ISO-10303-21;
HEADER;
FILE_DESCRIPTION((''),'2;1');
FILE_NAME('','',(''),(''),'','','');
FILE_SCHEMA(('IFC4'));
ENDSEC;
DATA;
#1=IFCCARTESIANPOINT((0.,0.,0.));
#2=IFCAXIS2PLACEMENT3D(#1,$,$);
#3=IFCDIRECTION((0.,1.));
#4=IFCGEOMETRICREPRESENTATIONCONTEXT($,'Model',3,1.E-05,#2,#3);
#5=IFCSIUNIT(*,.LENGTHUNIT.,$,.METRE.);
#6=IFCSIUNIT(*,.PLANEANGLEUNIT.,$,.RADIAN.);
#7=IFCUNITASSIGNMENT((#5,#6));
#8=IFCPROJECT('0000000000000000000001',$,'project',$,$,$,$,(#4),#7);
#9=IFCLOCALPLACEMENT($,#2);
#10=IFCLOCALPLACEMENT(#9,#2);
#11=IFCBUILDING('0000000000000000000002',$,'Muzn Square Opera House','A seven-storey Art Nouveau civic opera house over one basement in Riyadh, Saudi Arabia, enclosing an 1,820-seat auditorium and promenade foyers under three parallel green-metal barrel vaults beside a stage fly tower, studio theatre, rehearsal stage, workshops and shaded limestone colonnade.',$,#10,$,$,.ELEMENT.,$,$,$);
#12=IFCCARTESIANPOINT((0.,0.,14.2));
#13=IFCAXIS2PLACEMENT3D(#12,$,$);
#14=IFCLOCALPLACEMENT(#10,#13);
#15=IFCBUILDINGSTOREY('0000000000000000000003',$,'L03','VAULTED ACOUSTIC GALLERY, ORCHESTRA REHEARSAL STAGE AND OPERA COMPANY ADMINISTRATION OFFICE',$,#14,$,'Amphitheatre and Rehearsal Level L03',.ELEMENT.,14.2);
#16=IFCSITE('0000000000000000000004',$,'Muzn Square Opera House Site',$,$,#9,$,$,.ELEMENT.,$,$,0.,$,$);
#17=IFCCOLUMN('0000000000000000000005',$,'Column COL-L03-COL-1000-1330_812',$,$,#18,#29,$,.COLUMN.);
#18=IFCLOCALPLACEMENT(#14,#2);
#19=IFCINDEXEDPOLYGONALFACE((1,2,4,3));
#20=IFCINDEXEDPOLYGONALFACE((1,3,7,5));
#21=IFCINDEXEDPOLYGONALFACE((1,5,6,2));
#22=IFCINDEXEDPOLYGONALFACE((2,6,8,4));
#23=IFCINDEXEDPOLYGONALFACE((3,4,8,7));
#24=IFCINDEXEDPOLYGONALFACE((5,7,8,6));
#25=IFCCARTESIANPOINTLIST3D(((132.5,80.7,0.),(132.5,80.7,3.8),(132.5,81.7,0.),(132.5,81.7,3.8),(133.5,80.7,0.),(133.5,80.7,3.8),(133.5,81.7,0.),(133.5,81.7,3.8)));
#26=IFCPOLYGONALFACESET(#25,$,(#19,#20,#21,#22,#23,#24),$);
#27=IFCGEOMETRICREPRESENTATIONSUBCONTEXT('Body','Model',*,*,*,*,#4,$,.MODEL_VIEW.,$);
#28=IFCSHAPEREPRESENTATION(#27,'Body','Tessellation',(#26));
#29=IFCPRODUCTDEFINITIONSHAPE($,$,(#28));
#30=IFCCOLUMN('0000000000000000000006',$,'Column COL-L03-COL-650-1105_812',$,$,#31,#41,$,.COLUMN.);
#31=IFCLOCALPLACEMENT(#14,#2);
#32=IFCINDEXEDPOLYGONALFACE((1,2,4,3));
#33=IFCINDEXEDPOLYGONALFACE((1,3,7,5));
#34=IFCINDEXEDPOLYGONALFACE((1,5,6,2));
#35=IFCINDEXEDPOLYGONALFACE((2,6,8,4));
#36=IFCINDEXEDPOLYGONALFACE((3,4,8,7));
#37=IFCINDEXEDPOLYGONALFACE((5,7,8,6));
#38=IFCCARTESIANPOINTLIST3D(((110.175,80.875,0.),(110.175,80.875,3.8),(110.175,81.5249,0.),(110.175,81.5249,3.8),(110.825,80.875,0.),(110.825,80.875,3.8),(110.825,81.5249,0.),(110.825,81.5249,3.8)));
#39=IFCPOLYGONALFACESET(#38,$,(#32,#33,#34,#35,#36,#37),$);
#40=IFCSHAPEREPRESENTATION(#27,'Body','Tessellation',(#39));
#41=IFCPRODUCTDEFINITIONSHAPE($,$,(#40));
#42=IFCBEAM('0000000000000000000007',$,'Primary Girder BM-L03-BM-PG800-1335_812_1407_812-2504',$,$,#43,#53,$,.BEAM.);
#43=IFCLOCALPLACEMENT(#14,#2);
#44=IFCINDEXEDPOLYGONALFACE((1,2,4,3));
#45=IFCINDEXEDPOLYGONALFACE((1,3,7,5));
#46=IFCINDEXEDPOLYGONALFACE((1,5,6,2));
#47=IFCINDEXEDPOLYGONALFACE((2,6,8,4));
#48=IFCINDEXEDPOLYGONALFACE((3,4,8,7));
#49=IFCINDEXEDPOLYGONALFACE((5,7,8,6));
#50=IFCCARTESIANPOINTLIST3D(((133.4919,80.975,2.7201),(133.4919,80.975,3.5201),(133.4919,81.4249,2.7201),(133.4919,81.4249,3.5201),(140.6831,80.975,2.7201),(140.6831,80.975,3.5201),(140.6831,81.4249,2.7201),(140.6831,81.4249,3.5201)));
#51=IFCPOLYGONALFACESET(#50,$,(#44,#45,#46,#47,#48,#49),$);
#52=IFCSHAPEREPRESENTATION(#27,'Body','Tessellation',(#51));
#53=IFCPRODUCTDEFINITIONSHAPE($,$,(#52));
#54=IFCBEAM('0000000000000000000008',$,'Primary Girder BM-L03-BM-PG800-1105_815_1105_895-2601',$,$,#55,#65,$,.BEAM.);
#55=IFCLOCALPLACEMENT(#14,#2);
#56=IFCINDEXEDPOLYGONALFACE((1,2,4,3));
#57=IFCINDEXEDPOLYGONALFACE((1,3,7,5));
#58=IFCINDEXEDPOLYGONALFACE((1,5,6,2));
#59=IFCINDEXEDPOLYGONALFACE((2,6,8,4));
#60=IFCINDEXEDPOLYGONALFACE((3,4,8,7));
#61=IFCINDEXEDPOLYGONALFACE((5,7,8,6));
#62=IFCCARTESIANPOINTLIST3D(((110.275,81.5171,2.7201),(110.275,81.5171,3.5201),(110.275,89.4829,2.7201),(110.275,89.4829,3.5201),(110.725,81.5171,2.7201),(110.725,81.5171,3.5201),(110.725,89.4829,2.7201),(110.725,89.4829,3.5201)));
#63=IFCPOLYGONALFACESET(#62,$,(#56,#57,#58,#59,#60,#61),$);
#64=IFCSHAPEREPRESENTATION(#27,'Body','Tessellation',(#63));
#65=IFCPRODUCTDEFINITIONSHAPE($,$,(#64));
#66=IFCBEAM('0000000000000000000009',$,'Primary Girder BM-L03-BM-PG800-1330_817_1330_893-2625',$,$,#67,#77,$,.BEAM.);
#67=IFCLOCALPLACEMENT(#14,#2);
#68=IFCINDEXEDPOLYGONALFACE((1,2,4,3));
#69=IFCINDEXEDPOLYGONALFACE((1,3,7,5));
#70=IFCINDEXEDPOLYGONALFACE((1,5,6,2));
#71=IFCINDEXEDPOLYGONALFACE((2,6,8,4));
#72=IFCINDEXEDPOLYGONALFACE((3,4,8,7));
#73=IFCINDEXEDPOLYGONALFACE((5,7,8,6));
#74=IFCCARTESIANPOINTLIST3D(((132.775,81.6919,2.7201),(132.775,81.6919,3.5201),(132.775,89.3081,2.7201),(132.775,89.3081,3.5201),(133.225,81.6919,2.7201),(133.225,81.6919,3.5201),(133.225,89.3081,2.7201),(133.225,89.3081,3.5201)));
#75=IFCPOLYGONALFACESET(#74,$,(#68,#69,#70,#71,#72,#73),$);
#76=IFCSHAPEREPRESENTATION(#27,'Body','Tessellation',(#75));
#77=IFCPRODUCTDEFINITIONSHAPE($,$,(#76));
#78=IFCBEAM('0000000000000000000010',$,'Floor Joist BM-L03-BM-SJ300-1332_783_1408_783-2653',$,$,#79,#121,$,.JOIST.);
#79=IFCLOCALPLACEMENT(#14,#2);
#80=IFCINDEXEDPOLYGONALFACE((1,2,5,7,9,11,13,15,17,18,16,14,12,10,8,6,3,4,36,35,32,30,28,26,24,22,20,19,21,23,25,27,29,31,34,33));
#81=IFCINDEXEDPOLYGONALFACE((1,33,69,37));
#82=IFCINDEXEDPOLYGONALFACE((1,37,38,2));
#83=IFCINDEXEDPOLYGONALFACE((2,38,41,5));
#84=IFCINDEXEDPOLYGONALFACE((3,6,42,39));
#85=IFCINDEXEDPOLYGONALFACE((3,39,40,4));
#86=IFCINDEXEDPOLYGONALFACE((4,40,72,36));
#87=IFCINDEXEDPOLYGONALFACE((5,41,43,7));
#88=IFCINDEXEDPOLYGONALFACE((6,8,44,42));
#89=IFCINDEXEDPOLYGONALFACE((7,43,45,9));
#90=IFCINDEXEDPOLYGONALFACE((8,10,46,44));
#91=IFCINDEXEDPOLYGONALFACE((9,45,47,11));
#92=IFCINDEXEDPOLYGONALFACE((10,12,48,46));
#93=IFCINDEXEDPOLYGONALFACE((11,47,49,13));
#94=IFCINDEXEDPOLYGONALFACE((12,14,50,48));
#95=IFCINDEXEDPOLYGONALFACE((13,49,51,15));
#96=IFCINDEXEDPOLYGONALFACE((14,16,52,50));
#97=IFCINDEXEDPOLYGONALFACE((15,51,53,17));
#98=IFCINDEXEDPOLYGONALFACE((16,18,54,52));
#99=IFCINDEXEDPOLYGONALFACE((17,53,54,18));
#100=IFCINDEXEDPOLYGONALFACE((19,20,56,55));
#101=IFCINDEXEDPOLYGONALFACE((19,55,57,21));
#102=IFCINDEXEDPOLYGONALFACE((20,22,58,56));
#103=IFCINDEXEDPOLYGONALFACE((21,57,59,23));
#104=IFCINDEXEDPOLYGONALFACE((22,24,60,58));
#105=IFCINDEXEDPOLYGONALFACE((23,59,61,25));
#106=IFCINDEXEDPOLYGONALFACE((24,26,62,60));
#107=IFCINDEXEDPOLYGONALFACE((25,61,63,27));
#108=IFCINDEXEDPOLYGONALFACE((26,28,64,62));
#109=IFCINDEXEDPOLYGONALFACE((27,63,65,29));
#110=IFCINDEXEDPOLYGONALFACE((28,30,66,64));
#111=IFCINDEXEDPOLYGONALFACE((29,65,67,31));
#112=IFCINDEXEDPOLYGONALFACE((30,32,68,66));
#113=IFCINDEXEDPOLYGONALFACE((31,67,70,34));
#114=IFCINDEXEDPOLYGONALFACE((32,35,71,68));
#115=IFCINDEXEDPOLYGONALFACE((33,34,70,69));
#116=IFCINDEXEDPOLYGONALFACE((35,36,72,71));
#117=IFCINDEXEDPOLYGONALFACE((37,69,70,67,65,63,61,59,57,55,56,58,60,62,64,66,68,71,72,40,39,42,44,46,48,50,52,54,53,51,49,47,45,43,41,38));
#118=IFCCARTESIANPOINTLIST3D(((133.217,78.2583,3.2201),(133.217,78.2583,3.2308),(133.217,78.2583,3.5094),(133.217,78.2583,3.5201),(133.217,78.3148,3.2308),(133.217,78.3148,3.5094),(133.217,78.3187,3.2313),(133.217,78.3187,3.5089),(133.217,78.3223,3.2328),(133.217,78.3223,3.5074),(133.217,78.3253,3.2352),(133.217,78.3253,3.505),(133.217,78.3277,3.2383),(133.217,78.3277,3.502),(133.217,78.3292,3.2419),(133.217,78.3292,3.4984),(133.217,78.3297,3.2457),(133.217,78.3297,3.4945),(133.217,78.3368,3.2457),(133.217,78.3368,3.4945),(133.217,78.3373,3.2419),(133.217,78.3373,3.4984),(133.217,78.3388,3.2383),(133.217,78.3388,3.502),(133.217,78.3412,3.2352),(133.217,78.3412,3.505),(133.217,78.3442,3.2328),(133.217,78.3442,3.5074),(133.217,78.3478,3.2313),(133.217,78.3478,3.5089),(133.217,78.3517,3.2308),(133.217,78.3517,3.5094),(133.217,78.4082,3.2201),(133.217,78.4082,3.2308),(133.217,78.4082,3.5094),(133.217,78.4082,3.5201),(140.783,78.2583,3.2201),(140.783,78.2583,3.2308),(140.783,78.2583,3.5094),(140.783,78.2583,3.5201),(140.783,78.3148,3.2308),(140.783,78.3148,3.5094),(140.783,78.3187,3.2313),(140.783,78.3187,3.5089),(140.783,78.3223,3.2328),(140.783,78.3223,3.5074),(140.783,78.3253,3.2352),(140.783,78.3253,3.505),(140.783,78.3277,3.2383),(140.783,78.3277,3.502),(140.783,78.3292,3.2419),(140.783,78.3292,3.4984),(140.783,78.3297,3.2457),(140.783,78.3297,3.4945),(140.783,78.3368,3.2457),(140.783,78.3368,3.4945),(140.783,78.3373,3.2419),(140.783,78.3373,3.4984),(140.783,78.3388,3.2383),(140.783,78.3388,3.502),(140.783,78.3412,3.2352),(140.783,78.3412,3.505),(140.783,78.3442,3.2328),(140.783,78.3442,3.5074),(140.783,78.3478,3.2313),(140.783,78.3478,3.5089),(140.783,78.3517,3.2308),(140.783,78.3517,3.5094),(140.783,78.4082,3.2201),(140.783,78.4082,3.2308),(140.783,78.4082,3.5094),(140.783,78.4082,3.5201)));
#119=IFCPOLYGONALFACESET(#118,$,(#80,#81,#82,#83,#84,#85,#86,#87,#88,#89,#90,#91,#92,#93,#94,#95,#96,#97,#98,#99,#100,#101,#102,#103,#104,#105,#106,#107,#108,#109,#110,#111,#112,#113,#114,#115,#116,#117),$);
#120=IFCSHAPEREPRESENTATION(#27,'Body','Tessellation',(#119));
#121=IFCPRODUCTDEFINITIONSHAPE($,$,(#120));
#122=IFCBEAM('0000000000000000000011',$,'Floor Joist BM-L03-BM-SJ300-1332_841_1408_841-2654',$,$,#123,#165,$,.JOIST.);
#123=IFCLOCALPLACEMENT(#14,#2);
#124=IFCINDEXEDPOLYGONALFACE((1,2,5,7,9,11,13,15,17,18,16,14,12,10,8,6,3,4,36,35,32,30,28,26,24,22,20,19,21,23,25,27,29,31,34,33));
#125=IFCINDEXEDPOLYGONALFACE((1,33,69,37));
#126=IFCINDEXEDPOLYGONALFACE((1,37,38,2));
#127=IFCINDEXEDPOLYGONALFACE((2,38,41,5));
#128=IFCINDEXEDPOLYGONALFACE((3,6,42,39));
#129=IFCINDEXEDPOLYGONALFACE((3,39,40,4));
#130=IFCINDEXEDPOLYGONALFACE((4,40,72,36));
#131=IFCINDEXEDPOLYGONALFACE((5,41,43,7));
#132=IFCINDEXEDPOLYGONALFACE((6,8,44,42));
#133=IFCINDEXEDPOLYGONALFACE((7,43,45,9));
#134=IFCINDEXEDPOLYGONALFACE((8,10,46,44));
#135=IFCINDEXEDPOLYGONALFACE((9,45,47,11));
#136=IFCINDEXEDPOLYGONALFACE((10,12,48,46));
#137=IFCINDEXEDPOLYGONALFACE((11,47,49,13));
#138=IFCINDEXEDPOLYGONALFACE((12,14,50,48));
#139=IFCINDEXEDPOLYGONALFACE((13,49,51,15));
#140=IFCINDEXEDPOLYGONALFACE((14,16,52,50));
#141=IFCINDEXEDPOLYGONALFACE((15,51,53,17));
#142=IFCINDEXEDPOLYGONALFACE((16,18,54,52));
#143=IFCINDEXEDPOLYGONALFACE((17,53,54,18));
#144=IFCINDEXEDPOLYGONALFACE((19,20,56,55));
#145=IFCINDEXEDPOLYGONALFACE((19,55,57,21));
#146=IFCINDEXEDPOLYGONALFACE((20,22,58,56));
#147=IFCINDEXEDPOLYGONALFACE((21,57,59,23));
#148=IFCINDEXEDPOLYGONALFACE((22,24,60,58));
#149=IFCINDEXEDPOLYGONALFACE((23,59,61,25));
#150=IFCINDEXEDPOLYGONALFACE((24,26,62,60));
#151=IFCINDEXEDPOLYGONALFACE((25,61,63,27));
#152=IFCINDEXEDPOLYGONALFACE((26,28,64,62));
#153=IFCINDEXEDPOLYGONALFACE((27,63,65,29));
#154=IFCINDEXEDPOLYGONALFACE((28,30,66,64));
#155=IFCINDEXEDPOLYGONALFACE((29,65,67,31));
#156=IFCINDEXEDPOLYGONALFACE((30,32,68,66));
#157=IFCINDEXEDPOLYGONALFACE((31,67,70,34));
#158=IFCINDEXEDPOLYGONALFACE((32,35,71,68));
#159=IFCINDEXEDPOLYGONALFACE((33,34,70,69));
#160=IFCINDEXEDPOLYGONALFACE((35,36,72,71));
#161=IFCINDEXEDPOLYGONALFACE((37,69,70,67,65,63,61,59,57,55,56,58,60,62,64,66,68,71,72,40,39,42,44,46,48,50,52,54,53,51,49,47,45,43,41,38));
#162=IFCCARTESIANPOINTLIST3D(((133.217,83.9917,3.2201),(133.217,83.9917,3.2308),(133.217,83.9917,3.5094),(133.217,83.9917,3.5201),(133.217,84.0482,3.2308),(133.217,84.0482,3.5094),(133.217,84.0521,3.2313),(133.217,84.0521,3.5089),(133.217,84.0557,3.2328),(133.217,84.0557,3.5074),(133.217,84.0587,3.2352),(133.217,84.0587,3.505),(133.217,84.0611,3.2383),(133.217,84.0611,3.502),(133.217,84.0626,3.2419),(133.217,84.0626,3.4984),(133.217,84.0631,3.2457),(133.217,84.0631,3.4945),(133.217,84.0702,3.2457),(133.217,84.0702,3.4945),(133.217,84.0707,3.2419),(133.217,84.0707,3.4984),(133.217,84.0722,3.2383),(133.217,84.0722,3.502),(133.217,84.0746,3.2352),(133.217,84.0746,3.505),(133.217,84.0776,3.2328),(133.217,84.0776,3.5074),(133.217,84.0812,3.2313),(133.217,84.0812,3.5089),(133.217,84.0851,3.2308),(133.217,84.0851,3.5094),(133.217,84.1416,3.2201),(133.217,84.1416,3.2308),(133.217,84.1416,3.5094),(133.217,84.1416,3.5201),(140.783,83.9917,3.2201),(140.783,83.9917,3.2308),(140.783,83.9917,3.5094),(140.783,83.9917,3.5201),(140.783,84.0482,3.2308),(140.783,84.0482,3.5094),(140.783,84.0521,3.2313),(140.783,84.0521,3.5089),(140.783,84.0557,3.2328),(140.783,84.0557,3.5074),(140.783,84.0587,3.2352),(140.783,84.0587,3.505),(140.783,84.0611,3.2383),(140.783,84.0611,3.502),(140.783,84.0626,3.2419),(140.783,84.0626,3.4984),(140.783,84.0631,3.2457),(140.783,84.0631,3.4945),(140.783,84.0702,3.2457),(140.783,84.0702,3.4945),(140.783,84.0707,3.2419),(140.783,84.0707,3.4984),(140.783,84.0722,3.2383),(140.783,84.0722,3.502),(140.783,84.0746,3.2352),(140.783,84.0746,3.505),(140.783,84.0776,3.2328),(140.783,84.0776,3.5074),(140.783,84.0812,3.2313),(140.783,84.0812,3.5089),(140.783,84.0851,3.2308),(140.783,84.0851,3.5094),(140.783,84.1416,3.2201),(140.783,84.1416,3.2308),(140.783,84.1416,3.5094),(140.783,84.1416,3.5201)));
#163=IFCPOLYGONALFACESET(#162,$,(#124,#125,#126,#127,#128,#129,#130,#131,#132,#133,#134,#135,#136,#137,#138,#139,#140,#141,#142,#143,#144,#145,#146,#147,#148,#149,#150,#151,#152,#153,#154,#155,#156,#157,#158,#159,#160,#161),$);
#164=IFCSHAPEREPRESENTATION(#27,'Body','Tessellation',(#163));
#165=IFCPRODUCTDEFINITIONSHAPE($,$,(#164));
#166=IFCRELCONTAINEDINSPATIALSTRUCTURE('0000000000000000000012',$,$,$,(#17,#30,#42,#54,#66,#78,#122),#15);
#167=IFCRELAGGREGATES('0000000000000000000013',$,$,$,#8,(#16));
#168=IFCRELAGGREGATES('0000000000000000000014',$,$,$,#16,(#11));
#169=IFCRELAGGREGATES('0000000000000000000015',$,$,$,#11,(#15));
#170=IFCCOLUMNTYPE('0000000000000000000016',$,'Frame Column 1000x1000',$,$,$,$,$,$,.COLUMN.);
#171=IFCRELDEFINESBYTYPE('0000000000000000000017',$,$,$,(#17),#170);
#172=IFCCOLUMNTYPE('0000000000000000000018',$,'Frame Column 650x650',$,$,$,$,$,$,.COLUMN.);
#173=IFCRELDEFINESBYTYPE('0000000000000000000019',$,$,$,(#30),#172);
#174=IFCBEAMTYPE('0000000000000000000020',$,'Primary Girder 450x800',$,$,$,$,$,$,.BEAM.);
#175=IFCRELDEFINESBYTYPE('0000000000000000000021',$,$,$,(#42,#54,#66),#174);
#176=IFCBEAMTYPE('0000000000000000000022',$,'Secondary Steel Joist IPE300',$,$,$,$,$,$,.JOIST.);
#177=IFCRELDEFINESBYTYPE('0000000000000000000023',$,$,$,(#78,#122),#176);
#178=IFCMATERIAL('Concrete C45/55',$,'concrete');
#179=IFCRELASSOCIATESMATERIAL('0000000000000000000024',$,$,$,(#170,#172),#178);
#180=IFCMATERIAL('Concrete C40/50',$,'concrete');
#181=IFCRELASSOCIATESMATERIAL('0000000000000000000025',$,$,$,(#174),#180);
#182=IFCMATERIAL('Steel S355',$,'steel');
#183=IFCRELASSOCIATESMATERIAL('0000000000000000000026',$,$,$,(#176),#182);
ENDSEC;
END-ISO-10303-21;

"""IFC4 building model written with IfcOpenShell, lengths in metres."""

from ifc_helpers import new_model, si_unit, direction, frame, origin, origin_2d, place, context, subcontext, project, spatial, rectangle, i_section, extrude, material, material_profile, profile_set, type_object, element, save


model = new_model("IFC4")

# Units and contexts
model_context = context("Model", 3, precision=1e-05, world=origin(), true_north=direction((0.0, 1.0)))
body_context = subcontext(model_context, "Body", "Model", "MODEL_VIEW")
ifc_project = project(units=[si_unit("LENGTHUNIT", "METRE"), si_unit("PLANEANGLEUNIT", "RADIAN")], contexts=[model_context])

# Site, building, storey
site_placement = place(None, origin())
site = spatial("IfcSite", under=ifc_project, at=site_placement, Name="Muzn Square Opera House Site", CompositionType="ELEMENT", RefElevation=0.0)
building_placement = place(site_placement, origin())
building = spatial("IfcBuilding", under=site, at=building_placement, Name="Muzn Square Opera House", Description="A seven-storey Art Nouveau civic opera house over one basement in Riyadh, Saudi Arabia, enclosing an 1,820-seat auditorium and promenade foyers under three parallel green-metal barrel vaults beside a stage fly tower, studio theatre, rehearsal stage, workshops and shaded limestone colonnade.", CompositionType="ELEMENT")
storey_placement = place(building_placement, frame((0.0, 0.0, 14.2)))
storey = spatial("IfcBuildingStorey", under=building, at=storey_placement, Name="L03", Description="VAULTED ACOUSTIC GALLERY, ORCHESTRA REHEARSAL STAGE AND OPERA COMPANY ADMINISTRATION OFFICE", LongName="Amphitheatre and Rehearsal Level L03", CompositionType="ELEMENT", Elevation=14.2)

# Columns
ifc_material_1 = material(Name="Concrete C45/55", Category="concrete")
ifc_material_profile_1 = material_profile(ifc_material_1, rectangle(XDim=1.0, YDim=1.0, at=origin_2d()), Name="RC 1000x1000", Category="concrete")
ifc_profile_set_1 = profile_set([ifc_material_profile_1], Name="Concrete C45/55")
column_type_1 = type_object("IfcColumnType", Name="Frame Column 1000x1000", PredefinedType="COLUMN", material=ifc_profile_set_1)
column_1_placement = place(storey_placement, frame((133.0, 81.2, 0.0), z_axis=(0.0, 0.0, 1.0), x_axis=(1.0, 0.0, 0.0)))
element("IfcColumn", 1, at=column_1_placement, inside=storey, type_object=column_type_1, Name="Column COL-L03-COL-1000-1330_812", PredefinedType="COLUMN", context=body_context, shape_type="SweptSolid", body=[
    extrude(rectangle(XDim=1.0, YDim=1.0, at=origin_2d()), origin(), (0.0, 0.0, 1.0), 3.8),
])
ifc_material_profile_2 = material_profile(ifc_material_1, rectangle(XDim=0.6499, YDim=0.6499, at=origin_2d()), Name="RC 650x650", Category="concrete")
ifc_profile_set_2 = profile_set([ifc_material_profile_2], Name="Concrete C45/55")
column_type_2 = type_object("IfcColumnType", Name="Frame Column 650x650", PredefinedType="COLUMN", material=ifc_profile_set_2)
column_2_placement = place(storey_placement, frame((110.5, 81.2, 0.0), z_axis=(0.0, 0.0, 1.0), x_axis=(1.0, 0.0, 0.0)))
element("IfcColumn", 2, at=column_2_placement, inside=storey, type_object=column_type_2, Name="Column COL-L03-COL-650-1105_812", PredefinedType="COLUMN", context=body_context, shape_type="SweptSolid", body=[
    extrude(rectangle(XDim=0.6499, YDim=0.6499, at=origin_2d()), origin(), (0.0, 0.0, 1.0), 3.8),
])

# Beams
ifc_material_2 = material(Name="Concrete C40/50", Category="concrete")
ifc_material_profile_3 = material_profile(ifc_material_2, rectangle(XDim=0.45, YDim=0.8, at=origin_2d()), Name="RCB 450x800", Category="concrete")
ifc_profile_set_3 = profile_set([ifc_material_profile_3], Name="Concrete C40/50")
beam_type_1 = type_object("IfcBeamType", Name="Primary Girder 450x800", PredefinedType="BEAM", material=ifc_profile_set_3)
beam_1_placement = place(storey_placement, frame((133.4919, 81.2, 3.1201), z_axis=(1.0, 0.0, 0.0), x_axis=(0.0, 1.0, 0.0)))
element("IfcBeam", 3, at=beam_1_placement, inside=storey, type_object=beam_type_1, Name="Primary Girder BM-L03-BM-PG800-1335_812_1407_812-2504", PredefinedType="BEAM", context=body_context, shape_type="SweptSolid", body=[
    extrude(rectangle(XDim=0.45, YDim=0.8, at=origin_2d()), origin(), (0.0, 0.0, 1.0), 7.1912),
])
beam_2_placement = place(storey_placement, frame((110.5, 81.5171, 3.1201), z_axis=(0.0, 1.0, 0.0), x_axis=(-1.0, 0.0, 0.0)))
element("IfcBeam", 4, at=beam_2_placement, inside=storey, type_object=beam_type_1, Name="Primary Girder BM-L03-BM-PG800-1105_815_1105_895-2601", PredefinedType="BEAM", context=body_context, shape_type="SweptSolid", body=[
    extrude(rectangle(XDim=0.45, YDim=0.8, at=origin_2d()), origin(), (0.0, 0.0, 1.0), 7.9658),
])
beam_3_placement = place(storey_placement, frame((133.0, 81.6919, 3.1201), z_axis=(0.0, 1.0, 0.0), x_axis=(-1.0, 0.0, 0.0)))
element("IfcBeam", 5, at=beam_3_placement, inside=storey, type_object=beam_type_1, Name="Primary Girder BM-L03-BM-PG800-1330_817_1330_893-2625", PredefinedType="BEAM", context=body_context, shape_type="SweptSolid", body=[
    extrude(rectangle(XDim=0.45, YDim=0.8, at=origin_2d()), origin(), (0.0, 0.0, 1.0), 7.6162),
])
ifc_material_3 = material(Name="Steel S355", Category="steel")
ifc_material_profile_4 = material_profile(ifc_material_3, i_section(OverallWidth=0.1499, OverallDepth=0.3, WebThickness=0.0071, FlangeThickness=0.0107, FilletRadius=0.0149, at=origin_2d()), Name="IPE 300", Category="steel")
ifc_profile_set_4 = profile_set([ifc_material_profile_4], Name="Steel S355")
beam_type_2 = type_object("IfcBeamType", Name="Secondary Steel Joist IPE300", PredefinedType="JOIST", material=ifc_profile_set_4)
for number, where, z_axis, x_axis, name in (
    (6, (133.217, 78.3333, 3.3701), (1.0, 0.0, 0.0), (0.0, 1.0, 0.0), "Floor Joist BM-L03-BM-SJ300-1332_783_1408_783-2653"),
    (7, (133.217, 84.0667, 3.3701), (1.0, 0.0, 0.0), (0.0, 1.0, 0.0), "Floor Joist BM-L03-BM-SJ300-1332_841_1408_841-2654"),
):
    element("IfcBeam", number, at=place(storey_placement, frame(where, z_axis=z_axis, x_axis=x_axis)), inside=storey, type_object=beam_type_2, Name=name, PredefinedType="JOIST", context=body_context, shape_type="SweptSolid", body=[
        extrude(i_section(OverallWidth=0.1499, OverallDepth=0.3, WebThickness=0.0071, FlangeThickness=0.0107, FilletRadius=0.0149, at=origin_2d()), origin(), (0.0, 0.0, 1.0), 7.5659),
    ])

save(model, "model.ifc")
